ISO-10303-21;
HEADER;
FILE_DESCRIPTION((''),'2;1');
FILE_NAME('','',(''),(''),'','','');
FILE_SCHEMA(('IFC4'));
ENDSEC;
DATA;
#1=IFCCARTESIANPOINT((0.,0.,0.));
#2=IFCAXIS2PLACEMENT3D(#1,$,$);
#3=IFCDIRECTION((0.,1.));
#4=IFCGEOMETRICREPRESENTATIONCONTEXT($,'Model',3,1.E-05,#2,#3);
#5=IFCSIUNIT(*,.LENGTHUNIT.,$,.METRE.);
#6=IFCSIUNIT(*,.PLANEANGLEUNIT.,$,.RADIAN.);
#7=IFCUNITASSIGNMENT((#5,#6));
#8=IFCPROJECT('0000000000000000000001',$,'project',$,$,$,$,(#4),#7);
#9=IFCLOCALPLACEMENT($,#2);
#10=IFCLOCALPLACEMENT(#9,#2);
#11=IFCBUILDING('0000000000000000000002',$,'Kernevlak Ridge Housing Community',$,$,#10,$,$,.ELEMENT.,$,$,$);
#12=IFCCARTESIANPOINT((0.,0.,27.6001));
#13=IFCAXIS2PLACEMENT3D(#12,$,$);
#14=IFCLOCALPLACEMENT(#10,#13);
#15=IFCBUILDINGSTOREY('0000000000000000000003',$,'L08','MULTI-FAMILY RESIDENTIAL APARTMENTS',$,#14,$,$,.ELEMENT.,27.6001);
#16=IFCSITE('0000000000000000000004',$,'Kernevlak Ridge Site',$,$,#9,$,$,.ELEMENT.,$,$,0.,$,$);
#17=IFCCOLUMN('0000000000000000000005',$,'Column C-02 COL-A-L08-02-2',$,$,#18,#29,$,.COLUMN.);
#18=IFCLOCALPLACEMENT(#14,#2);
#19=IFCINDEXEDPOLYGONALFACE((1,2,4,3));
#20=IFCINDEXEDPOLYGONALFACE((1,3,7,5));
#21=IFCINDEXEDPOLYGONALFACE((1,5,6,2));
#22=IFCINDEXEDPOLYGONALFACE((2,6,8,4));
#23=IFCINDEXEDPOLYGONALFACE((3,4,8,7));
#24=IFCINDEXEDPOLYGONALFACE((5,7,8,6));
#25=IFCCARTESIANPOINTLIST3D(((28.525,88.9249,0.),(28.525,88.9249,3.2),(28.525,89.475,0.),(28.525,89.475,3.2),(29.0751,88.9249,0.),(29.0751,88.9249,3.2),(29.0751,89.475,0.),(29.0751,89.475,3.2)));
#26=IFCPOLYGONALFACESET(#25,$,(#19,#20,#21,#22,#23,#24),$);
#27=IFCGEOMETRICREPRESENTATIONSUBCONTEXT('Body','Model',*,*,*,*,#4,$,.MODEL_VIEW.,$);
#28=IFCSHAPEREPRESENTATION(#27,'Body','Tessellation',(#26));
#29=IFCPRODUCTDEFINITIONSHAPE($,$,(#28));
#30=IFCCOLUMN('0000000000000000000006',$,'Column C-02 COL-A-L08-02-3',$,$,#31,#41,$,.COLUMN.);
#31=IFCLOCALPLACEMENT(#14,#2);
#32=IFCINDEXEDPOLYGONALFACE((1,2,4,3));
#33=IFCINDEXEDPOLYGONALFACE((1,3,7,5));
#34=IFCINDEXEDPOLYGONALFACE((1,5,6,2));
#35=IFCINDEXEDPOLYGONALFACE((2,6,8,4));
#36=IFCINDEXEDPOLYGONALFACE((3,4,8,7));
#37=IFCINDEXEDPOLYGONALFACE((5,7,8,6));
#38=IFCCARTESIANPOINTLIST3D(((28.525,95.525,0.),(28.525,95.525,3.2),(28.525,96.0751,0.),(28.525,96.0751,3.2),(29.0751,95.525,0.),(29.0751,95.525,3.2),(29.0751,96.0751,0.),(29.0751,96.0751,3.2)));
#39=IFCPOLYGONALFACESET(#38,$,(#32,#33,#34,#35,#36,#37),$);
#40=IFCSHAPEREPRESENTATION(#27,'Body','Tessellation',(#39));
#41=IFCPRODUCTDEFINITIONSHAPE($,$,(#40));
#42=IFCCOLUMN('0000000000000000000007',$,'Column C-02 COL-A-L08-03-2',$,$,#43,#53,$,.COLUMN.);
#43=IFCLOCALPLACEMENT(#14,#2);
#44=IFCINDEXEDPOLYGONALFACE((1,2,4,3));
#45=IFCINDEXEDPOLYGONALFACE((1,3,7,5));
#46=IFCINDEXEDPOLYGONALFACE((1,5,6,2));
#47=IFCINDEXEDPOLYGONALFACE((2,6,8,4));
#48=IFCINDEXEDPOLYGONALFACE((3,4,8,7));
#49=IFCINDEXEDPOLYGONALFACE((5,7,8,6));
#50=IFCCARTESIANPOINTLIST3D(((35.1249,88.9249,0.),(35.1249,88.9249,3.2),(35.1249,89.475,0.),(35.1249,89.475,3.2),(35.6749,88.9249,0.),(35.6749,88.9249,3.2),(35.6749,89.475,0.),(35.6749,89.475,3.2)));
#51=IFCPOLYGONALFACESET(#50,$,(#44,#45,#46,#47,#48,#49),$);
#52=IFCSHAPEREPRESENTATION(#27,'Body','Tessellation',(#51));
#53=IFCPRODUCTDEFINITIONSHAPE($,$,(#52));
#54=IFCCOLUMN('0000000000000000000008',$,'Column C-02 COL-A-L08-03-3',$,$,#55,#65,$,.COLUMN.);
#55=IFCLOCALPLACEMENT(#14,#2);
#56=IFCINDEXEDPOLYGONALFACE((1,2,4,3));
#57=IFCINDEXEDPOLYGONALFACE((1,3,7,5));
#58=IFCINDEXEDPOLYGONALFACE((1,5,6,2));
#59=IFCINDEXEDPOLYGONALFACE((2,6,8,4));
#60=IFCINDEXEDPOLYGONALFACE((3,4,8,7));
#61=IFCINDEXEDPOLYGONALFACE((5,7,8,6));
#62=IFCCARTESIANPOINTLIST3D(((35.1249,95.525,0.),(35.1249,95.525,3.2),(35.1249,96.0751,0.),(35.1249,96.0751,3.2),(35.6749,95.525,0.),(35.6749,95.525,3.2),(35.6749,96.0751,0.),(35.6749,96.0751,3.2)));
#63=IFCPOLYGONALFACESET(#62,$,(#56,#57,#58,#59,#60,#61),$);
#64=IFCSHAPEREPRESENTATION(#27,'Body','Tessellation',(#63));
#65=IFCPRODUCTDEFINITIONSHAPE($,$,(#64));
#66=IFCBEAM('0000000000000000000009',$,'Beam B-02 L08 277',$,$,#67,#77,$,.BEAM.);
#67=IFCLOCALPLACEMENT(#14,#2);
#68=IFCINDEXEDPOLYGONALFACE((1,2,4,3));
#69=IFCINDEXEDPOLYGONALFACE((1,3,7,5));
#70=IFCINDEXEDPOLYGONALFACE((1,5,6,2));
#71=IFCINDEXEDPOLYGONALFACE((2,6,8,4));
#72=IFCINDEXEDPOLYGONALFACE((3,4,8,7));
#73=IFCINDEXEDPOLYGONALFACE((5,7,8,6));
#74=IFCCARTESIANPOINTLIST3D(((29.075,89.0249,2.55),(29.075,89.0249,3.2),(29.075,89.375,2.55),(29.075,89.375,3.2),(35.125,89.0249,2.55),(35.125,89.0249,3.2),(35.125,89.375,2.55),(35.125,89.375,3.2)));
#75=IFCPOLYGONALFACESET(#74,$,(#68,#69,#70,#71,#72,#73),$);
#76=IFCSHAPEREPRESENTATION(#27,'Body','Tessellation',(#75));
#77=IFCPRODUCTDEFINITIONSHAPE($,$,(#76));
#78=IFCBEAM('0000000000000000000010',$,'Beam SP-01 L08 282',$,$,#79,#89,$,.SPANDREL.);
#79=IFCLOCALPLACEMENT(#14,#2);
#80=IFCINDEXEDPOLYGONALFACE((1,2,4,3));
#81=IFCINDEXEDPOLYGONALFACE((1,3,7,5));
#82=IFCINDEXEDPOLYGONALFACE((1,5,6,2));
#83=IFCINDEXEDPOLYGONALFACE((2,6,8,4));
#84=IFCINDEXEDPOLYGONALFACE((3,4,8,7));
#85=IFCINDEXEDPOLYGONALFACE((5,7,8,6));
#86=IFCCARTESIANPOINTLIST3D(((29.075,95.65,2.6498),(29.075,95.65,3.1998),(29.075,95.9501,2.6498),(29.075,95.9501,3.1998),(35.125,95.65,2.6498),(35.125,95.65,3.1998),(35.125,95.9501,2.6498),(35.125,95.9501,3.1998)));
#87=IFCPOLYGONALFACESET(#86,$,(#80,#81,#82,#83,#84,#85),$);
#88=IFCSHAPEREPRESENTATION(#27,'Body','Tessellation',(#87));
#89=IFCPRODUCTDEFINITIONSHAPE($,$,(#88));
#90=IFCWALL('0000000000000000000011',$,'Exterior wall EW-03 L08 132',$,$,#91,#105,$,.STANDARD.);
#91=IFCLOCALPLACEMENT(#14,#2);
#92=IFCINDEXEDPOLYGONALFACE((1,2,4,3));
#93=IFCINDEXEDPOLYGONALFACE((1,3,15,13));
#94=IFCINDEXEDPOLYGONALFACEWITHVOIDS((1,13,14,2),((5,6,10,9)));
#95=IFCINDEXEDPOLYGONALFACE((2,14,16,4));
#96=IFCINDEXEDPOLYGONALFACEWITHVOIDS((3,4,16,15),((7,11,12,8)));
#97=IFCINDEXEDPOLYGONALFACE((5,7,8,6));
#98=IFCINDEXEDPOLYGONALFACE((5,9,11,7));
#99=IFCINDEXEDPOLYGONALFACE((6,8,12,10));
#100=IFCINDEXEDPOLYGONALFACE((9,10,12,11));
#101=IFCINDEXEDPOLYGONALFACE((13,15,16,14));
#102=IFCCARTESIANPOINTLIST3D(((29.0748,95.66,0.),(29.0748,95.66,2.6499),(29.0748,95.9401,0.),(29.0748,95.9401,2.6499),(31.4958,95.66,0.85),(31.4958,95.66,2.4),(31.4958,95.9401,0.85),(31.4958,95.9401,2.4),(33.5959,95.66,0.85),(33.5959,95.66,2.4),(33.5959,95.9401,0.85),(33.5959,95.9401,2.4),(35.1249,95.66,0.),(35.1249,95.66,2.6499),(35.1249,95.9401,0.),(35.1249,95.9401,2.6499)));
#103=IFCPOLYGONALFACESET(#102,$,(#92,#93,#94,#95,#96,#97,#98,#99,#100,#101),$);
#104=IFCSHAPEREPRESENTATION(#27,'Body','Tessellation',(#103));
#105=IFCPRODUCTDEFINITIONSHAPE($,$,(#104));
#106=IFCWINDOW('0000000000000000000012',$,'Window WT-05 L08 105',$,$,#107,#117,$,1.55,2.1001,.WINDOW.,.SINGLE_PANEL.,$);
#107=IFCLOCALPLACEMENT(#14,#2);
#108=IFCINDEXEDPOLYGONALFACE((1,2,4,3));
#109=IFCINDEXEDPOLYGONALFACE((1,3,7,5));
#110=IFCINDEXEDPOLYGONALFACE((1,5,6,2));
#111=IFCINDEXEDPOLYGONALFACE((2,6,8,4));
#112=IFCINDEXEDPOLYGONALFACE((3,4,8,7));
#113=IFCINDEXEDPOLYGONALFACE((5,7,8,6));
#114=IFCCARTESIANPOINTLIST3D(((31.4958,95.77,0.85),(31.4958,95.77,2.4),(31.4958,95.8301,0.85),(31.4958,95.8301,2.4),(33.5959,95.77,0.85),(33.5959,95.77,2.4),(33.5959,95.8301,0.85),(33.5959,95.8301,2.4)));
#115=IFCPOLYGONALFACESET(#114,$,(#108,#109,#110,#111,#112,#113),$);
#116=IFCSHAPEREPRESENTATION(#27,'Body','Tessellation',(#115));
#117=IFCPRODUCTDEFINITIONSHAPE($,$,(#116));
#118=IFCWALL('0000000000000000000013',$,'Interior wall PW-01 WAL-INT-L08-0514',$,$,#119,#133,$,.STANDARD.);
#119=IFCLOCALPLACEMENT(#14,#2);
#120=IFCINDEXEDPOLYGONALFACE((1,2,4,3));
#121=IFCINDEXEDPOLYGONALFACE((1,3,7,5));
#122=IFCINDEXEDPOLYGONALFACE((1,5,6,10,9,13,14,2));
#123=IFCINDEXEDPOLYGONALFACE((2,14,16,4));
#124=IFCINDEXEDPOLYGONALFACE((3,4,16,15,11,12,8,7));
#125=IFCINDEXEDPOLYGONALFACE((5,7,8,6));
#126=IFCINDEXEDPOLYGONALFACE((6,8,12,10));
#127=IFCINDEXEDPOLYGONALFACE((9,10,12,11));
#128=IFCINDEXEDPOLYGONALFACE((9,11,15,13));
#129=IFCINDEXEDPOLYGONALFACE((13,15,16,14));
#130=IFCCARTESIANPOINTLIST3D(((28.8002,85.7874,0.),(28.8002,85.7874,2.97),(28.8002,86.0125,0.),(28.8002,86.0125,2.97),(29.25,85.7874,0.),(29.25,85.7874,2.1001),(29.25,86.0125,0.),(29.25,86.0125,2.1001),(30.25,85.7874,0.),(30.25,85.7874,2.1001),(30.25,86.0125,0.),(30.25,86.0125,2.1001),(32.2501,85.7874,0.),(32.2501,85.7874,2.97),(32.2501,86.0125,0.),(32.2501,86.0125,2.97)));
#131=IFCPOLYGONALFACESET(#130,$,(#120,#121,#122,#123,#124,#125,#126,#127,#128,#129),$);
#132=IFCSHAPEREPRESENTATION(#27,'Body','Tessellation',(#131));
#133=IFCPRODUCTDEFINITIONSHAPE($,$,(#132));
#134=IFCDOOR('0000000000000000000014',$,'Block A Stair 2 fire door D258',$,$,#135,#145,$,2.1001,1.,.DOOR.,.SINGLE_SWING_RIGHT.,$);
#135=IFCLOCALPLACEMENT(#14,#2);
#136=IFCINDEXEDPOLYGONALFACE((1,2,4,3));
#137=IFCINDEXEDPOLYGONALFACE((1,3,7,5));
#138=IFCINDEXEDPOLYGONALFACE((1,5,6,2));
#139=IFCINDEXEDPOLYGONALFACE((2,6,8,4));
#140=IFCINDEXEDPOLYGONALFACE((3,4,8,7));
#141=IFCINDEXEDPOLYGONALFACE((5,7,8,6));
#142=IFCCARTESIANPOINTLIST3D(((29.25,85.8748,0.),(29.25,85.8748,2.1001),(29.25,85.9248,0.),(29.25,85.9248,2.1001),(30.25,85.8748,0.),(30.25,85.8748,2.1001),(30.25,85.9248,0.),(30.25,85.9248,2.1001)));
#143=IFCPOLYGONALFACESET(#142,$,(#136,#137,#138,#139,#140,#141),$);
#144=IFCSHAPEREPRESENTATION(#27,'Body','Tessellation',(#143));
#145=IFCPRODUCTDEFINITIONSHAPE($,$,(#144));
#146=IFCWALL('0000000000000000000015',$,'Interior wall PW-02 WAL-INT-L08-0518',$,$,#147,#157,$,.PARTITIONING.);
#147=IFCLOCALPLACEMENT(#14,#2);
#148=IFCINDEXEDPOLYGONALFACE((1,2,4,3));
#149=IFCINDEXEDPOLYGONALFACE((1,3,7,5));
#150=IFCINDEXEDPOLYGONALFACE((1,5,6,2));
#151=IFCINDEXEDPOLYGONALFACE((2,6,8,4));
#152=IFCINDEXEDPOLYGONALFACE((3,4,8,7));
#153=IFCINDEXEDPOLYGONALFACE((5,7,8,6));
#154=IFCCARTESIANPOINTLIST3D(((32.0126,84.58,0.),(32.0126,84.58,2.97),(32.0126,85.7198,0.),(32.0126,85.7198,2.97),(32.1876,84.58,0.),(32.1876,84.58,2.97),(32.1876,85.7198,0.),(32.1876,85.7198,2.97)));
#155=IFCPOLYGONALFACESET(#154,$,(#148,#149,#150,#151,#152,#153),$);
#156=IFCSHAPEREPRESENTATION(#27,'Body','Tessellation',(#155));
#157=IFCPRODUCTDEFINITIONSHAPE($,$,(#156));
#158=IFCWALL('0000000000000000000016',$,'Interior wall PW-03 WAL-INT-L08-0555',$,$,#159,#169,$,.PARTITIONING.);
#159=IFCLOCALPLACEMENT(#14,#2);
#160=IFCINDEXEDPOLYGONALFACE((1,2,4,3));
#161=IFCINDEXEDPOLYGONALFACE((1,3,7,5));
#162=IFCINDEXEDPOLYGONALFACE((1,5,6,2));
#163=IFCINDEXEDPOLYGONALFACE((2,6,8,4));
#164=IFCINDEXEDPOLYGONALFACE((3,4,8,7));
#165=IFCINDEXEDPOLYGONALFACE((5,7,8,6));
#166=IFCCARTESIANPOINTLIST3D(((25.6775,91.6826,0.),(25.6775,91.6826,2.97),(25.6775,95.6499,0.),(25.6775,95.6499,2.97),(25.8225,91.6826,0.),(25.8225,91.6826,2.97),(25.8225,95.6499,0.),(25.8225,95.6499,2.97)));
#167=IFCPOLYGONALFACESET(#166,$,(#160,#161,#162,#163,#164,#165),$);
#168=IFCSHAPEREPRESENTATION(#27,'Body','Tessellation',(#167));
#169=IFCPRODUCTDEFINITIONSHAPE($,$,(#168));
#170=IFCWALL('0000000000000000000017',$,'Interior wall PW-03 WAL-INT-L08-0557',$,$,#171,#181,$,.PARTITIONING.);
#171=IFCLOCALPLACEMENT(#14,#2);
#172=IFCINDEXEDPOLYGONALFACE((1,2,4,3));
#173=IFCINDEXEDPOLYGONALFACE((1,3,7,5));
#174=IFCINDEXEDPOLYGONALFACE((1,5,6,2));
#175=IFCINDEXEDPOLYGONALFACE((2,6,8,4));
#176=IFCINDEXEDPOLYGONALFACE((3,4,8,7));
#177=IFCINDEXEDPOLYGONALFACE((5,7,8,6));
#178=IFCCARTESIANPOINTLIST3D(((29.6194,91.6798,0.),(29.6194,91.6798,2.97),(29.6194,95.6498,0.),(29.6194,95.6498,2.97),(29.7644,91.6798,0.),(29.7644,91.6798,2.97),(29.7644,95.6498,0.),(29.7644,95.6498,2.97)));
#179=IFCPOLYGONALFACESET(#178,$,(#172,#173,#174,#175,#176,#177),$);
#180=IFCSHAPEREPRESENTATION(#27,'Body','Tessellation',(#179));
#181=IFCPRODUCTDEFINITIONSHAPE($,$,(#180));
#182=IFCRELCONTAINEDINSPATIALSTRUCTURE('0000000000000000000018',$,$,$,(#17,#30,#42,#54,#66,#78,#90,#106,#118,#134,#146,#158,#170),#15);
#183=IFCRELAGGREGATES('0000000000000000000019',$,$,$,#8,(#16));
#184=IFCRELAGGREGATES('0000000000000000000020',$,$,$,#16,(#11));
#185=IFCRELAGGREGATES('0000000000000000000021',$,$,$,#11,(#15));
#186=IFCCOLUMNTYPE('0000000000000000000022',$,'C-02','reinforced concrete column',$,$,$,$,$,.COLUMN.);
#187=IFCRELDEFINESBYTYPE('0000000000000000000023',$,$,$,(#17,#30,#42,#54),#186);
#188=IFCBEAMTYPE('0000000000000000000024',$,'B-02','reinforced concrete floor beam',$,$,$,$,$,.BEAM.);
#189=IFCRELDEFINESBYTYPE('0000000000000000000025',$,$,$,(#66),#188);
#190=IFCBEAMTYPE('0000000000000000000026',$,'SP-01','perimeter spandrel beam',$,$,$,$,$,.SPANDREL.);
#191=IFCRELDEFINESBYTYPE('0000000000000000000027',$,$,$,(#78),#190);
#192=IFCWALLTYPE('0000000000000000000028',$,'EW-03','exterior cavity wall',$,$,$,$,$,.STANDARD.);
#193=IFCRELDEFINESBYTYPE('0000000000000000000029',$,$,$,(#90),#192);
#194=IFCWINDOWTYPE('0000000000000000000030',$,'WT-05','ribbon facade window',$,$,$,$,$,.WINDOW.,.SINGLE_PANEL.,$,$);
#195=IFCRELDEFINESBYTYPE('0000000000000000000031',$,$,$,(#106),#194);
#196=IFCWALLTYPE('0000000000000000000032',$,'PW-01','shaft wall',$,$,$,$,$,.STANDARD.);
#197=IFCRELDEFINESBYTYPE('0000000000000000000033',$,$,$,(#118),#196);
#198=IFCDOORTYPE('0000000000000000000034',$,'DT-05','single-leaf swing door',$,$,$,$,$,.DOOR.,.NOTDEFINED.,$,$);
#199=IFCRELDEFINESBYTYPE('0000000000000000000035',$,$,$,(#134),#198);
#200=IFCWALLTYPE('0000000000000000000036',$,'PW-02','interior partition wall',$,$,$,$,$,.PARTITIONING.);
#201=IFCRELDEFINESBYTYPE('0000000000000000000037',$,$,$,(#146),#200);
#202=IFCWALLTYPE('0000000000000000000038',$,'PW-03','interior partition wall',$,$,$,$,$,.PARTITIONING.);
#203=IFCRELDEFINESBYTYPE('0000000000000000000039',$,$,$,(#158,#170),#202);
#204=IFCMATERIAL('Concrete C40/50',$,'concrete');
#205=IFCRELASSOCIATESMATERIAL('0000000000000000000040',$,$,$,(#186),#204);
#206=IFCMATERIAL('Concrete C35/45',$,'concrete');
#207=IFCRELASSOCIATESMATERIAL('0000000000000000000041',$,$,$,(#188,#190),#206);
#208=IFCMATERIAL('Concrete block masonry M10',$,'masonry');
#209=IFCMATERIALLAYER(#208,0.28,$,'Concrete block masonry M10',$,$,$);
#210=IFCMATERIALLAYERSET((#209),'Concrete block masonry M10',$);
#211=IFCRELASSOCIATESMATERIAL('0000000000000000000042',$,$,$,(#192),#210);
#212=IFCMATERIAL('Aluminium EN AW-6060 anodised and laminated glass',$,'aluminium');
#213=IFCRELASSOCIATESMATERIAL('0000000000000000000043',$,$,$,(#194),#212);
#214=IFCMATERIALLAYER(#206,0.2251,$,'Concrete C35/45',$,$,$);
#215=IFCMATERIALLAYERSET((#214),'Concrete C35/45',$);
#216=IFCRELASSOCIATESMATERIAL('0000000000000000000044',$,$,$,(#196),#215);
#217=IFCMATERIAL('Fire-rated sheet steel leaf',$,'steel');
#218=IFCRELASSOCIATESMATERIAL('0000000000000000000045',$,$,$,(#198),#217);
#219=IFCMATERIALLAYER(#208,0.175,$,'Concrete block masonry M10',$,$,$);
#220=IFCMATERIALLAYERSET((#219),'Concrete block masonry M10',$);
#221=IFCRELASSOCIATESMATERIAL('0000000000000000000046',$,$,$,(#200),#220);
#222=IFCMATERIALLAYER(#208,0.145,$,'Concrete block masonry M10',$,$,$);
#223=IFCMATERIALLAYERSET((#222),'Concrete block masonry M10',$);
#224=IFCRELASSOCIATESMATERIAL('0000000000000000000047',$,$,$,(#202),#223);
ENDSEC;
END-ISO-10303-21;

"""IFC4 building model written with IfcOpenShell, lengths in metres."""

from ifc_helpers import new_model, si_unit, direction, frame, frame_2d, origin, origin_2d, place, context, subcontext, project, spatial, rectangle, extrude, material, layer, layer_set, material_profile, profile_set, type_object, element, fill, save


model = new_model("IFC4")

# Units and contexts
model_context = context("Model", 3, precision=1e-05, world=origin(), true_north=direction((0.0, 1.0)))
body_context = subcontext(model_context, "Body", "Model", "MODEL_VIEW")
ifc_project = project(units=[si_unit("LENGTHUNIT", "METRE"), si_unit("PLANEANGLEUNIT", "RADIAN")], contexts=[model_context])

# Site, building, storey
site_placement = place(None, origin())
site = spatial("IfcSite", under=ifc_project, at=site_placement, Name="Kernevlak Ridge Site", CompositionType="ELEMENT", RefElevation=0.0)
building_placement = place(site_placement, origin())
building = spatial("IfcBuilding", under=site, at=building_placement, Name="Kernevlak Ridge Housing Community", CompositionType="ELEMENT")
storey_placement = place(building_placement, frame((0.0, 0.0, 27.6001)))
storey = spatial("IfcBuildingStorey", under=building, at=storey_placement, Name="L08", Description="MULTI-FAMILY RESIDENTIAL APARTMENTS", CompositionType="ELEMENT", Elevation=27.6001)

# Columns
ifc_material_1 = material(Name="Concrete C40/50", Category="concrete")
ifc_material_profile_1 = material_profile(ifc_material_1, rectangle(XDim=0.55, YDim=0.55, at=origin_2d()), Name="RC 550x550")
ifc_profile_set_1 = profile_set([ifc_material_profile_1], Name="Concrete C40/50")
column_type = type_object("IfcColumnType", Name="C-02", Description="reinforced concrete column", PredefinedType="COLUMN", material=ifc_profile_set_1)
for number, where, z_axis, x_axis, name in (
    (1, (28.8, 89.2, 0.0), (0.0, 0.0, 1.0), (1.0, 0.0, 0.0), "Column C-02 COL-A-L08-02-2"),
    (2, (28.8, 95.8, 0.0), (0.0, 0.0, 1.0), (1.0, 0.0, 0.0), "Column C-02 COL-A-L08-02-3"),
    (3, (35.3999, 89.2, 0.0), (0.0, 0.0, 1.0), (1.0, 0.0, 0.0), "Column C-02 COL-A-L08-03-2"),
    (4, (35.3999, 95.8, 0.0), (0.0, 0.0, 1.0), (1.0, 0.0, 0.0), "Column C-02 COL-A-L08-03-3"),
):
    element("IfcColumn", number, at=place(storey_placement, frame(where, z_axis=z_axis, x_axis=x_axis)), inside=storey, type_object=column_type, Name=name, PredefinedType="COLUMN", context=body_context, shape_type="SweptSolid", body=[
        extrude(rectangle(XDim=0.55, YDim=0.55, at=origin_2d()), origin(), (0.0, 0.0, 1.0), 3.2),
    ])

# Beams
ifc_material_2 = material(Name="Concrete C35/45", Category="concrete")
ifc_material_profile_2 = material_profile(ifc_material_2, rectangle(XDim=0.3501, YDim=0.6499, at=origin_2d()), Name="RC 350x650")
ifc_profile_set_2 = profile_set([ifc_material_profile_2], Name="Concrete C35/45")
beam_type_1 = type_object("IfcBeamType", Name="B-02", Description="reinforced concrete floor beam", PredefinedType="BEAM", material=ifc_profile_set_2)
beam_1_placement = place(storey_placement, frame((29.075, 89.2, 2.875), z_axis=(1.0, 0.0, 0.0), x_axis=(0.0, 1.0, 0.0)))
element("IfcBeam", 5, at=beam_1_placement, inside=storey, type_object=beam_type_1, Name="Beam B-02 L08 277", PredefinedType="BEAM", context=body_context, shape_type="SweptSolid", body=[
    extrude(rectangle(XDim=0.3501, YDim=0.6499, at=origin_2d()), origin(), (0.0, 0.0, 1.0), 6.05),
])
ifc_material_profile_3 = material_profile(ifc_material_2, rectangle(XDim=0.3, YDim=0.55, at=origin_2d()), Name="RC 300x550")
ifc_profile_set_3 = profile_set([ifc_material_profile_3], Name="Concrete C35/45")
beam_type_2 = type_object("IfcBeamType", Name="SP-01", Description="perimeter spandrel beam", PredefinedType="SPANDREL", material=ifc_profile_set_3)
beam_2_placement = place(storey_placement, frame((29.075, 95.8, 2.9248), z_axis=(1.0, 0.0, 0.0), x_axis=(0.0, 1.0, 0.0)))
element("IfcBeam", 6, at=beam_2_placement, inside=storey, type_object=beam_type_2, Name="Beam SP-01 L08 282", PredefinedType="SPANDREL", context=body_context, shape_type="SweptSolid", body=[
    extrude(rectangle(XDim=0.3, YDim=0.55, at=origin_2d()), origin(), (0.0, 0.0, 1.0), 6.05),
])

# Wall, opening, window
ifc_material_3 = material(Name="Concrete block masonry M10", Category="masonry")
ifc_layer_1 = layer(ifc_material_3, 0.28, Name="Concrete block masonry M10")
ifc_layer_set_1 = layer_set([ifc_layer_1], Name="Concrete block masonry M10")
wall_type_1 = type_object("IfcWallType", Name="EW-03", Description="exterior cavity wall", PredefinedType="STANDARD", material=ifc_layer_set_1)
wall_1_placement = place(storey_placement, frame((29.075, 95.8, 0.0), z_axis=(0.0, 0.0, 1.0), x_axis=(1.0, 0.0, 0.0)))
wall_1 = element("IfcWall", 7, at=wall_1_placement, inside=storey, type_object=wall_type_1, Name="Exterior wall EW-03 L08 132", PredefinedType="STANDARD", context=body_context, shape_type="SweptSolid", body=[
    extrude(rectangle(XDim=6.05, YDim=0.28, at=frame_2d((3.0249, 0.0))), origin(), (0.0, 0.0, 1.0), 2.6499),
])
opening_1_placement = place(wall_1_placement, frame((2.4209, 0.0, 0.8501)))
opening_1 = element("IfcOpeningElement", 8, at=opening_1_placement, cuts=wall_1, PredefinedType="OPENING", context=body_context, shape_type="SweptSolid", body=[
    extrude(rectangle(XDim=2.1001, YDim=1.55, at=frame_2d((1.05, 0.7749))), frame((0.0, 0.1499, 0.0), z_axis=(0.0, -1.0, 0.0), x_axis=(1.0, 0.0, 0.0)), (0.0, 0.0, 1.0), 0.3),
])
ifc_material_4 = material(Name="Aluminium EN AW-6060 anodised and laminated glass", Category="aluminium")
window_type = type_object("IfcWindowType", Name="WT-05", Description="ribbon facade window", PartitioningType="SINGLE_PANEL", PredefinedType="WINDOW", material=ifc_material_4)
window_placement = place(opening_1_placement, origin())
window = element("IfcWindow", 9, at=window_placement, inside=storey, type_object=window_type, Name="Window WT-05 L08 105", OverallHeight=1.55, OverallWidth=2.1001, PartitioningType="SINGLE_PANEL", PredefinedType="WINDOW", context=body_context, shape_type="SweptSolid", body=[
    extrude(rectangle(XDim=2.1001, YDim=1.55, at=frame_2d((1.05, 0.7749))), frame((0.0, 0.03, 0.0), z_axis=(0.0, -1.0, 0.0), x_axis=(1.0, 0.0, 0.0)), (0.0, 0.0, 1.0), 0.0601),
])
fill(opening_1, window)

# Wall, opening, door
ifc_layer_2 = layer(ifc_material_2, 0.2251, Name="Concrete C35/45")
ifc_layer_set_2 = layer_set([ifc_layer_2], Name="Concrete C35/45")
wall_type_2 = type_object("IfcWallType", Name="PW-01", Description="shaft wall", PredefinedType="STANDARD", material=ifc_layer_set_2)
wall_2_placement = place(storey_placement, frame((28.8, 85.8999, 0.0), z_axis=(0.0, 0.0, 1.0), x_axis=(1.0, 0.0, 0.0)))
wall_2 = element("IfcWall", 10, at=wall_2_placement, inside=storey, type_object=wall_type_2, Name="Interior wall PW-01 WAL-INT-L08-0514", PredefinedType="STANDARD", context=body_context, shape_type="SweptSolid", body=[
    extrude(rectangle(XDim=3.45, YDim=0.2251, at=frame_2d((1.7251, 0.0))), origin(), (0.0, 0.0, 1.0), 2.97),
])
opening_2_placement = place(wall_2_placement, frame((0.45, 0.0, 0.0)))
opening_2 = element("IfcOpeningElement", 11, at=opening_2_placement, cuts=wall_2, PredefinedType="OPENING", context=body_context, shape_type="SweptSolid", body=[
    extrude(rectangle(XDim=1.0, YDim=2.1001, at=frame_2d((0.5, 1.05))), frame((0.0, 0.1226, 0.0), z_axis=(0.0, -1.0, 0.0), x_axis=(1.0, 0.0, 0.0)), (0.0, 0.0, 1.0), 0.2451),
])
ifc_material_5 = material(Name="Fire-rated sheet steel leaf", Category="steel")
door_type_1 = type_object("IfcDoorType", Name="DT-05", Description="single-leaf swing door", OperationType="NOTDEFINED", PredefinedType="DOOR", material=ifc_material_5)
door_1_placement = place(opening_2_placement, origin())
door_1 = element("IfcDoor", 12, at=door_1_placement, inside=storey, type_object=door_type_1, Name="Block A Stair 2 fire door D258", OperationType="SINGLE_SWING_RIGHT", OverallHeight=2.1001, OverallWidth=1.0, PredefinedType="DOOR", context=body_context, shape_type="SweptSolid", body=[
    extrude(rectangle(XDim=1.0, YDim=2.1001, at=frame_2d((0.5, 1.05))), frame((0.0, 0.0249, 0.0), z_axis=(0.0, -1.0, 0.0), x_axis=(1.0, 0.0, 0.0)), (0.0, 0.0, 1.0), 0.05),
])
fill(opening_2, door_1)

# Walls
ifc_layer_3 = layer(ifc_material_3, 0.175, Name="Concrete block masonry M10")
ifc_layer_set_3 = layer_set([ifc_layer_3], Name="Concrete block masonry M10")
wall_type_3 = type_object("IfcWallType", Name="PW-02", Description="interior partition wall", PredefinedType="PARTITIONING", material=ifc_layer_set_3)
wall_3_placement = place(storey_placement, frame((32.1001, 84.5801, 0.0), z_axis=(0.0, 0.0, 1.0), x_axis=(0.0, 1.0, 0.0)))
element("IfcWall", 13, at=wall_3_placement, inside=storey, type_object=wall_type_3, Name="Interior wall PW-02 WAL-INT-L08-0518", PredefinedType="PARTITIONING", context=body_context, shape_type="SweptSolid", body=[
    extrude(rectangle(XDim=1.1399, YDim=0.175, at=frame_2d((0.5698, 0.0))), origin(), (0.0, 0.0, 1.0), 2.97),
])
ifc_layer_4 = layer(ifc_material_3, 0.145, Name="Concrete block masonry M10")
ifc_layer_set_4 = layer_set([ifc_layer_4], Name="Concrete block masonry M10")
wall_type_4 = type_object("IfcWallType", Name="PW-03", Description="interior partition wall", PredefinedType="PARTITIONING", material=ifc_layer_set_4)
wall_4_placement = place(storey_placement, frame((25.75, 91.6826, 0.0), z_axis=(0.0, 0.0, 1.0), x_axis=(0.0, 1.0, 0.0)))
element("IfcWall", 14, at=wall_4_placement, inside=storey, type_object=wall_type_4, Name="Interior wall PW-03 WAL-INT-L08-0555", PredefinedType="PARTITIONING", context=body_context, shape_type="SweptSolid", body=[
    extrude(rectangle(XDim=3.9673, YDim=0.145, at=frame_2d((1.9836, 0.0))), origin(), (0.0, 0.0, 1.0), 2.97),
])
wall_5_placement = place(storey_placement, frame((29.6919, 91.6799, 0.0), z_axis=(0.0, 0.0, 1.0), x_axis=(0.0, 1.0, 0.0)))
element("IfcWall", 15, at=wall_5_placement, inside=storey, type_object=wall_type_4, Name="Interior wall PW-03 WAL-INT-L08-0557", PredefinedType="PARTITIONING", context=body_context, shape_type="SweptSolid", body=[
    extrude(rectangle(XDim=3.97, YDim=0.145, at=frame_2d((1.9849, 0.0))), origin(), (0.0, 0.0, 1.0), 2.97),
])

save(model, "model.ifc")
